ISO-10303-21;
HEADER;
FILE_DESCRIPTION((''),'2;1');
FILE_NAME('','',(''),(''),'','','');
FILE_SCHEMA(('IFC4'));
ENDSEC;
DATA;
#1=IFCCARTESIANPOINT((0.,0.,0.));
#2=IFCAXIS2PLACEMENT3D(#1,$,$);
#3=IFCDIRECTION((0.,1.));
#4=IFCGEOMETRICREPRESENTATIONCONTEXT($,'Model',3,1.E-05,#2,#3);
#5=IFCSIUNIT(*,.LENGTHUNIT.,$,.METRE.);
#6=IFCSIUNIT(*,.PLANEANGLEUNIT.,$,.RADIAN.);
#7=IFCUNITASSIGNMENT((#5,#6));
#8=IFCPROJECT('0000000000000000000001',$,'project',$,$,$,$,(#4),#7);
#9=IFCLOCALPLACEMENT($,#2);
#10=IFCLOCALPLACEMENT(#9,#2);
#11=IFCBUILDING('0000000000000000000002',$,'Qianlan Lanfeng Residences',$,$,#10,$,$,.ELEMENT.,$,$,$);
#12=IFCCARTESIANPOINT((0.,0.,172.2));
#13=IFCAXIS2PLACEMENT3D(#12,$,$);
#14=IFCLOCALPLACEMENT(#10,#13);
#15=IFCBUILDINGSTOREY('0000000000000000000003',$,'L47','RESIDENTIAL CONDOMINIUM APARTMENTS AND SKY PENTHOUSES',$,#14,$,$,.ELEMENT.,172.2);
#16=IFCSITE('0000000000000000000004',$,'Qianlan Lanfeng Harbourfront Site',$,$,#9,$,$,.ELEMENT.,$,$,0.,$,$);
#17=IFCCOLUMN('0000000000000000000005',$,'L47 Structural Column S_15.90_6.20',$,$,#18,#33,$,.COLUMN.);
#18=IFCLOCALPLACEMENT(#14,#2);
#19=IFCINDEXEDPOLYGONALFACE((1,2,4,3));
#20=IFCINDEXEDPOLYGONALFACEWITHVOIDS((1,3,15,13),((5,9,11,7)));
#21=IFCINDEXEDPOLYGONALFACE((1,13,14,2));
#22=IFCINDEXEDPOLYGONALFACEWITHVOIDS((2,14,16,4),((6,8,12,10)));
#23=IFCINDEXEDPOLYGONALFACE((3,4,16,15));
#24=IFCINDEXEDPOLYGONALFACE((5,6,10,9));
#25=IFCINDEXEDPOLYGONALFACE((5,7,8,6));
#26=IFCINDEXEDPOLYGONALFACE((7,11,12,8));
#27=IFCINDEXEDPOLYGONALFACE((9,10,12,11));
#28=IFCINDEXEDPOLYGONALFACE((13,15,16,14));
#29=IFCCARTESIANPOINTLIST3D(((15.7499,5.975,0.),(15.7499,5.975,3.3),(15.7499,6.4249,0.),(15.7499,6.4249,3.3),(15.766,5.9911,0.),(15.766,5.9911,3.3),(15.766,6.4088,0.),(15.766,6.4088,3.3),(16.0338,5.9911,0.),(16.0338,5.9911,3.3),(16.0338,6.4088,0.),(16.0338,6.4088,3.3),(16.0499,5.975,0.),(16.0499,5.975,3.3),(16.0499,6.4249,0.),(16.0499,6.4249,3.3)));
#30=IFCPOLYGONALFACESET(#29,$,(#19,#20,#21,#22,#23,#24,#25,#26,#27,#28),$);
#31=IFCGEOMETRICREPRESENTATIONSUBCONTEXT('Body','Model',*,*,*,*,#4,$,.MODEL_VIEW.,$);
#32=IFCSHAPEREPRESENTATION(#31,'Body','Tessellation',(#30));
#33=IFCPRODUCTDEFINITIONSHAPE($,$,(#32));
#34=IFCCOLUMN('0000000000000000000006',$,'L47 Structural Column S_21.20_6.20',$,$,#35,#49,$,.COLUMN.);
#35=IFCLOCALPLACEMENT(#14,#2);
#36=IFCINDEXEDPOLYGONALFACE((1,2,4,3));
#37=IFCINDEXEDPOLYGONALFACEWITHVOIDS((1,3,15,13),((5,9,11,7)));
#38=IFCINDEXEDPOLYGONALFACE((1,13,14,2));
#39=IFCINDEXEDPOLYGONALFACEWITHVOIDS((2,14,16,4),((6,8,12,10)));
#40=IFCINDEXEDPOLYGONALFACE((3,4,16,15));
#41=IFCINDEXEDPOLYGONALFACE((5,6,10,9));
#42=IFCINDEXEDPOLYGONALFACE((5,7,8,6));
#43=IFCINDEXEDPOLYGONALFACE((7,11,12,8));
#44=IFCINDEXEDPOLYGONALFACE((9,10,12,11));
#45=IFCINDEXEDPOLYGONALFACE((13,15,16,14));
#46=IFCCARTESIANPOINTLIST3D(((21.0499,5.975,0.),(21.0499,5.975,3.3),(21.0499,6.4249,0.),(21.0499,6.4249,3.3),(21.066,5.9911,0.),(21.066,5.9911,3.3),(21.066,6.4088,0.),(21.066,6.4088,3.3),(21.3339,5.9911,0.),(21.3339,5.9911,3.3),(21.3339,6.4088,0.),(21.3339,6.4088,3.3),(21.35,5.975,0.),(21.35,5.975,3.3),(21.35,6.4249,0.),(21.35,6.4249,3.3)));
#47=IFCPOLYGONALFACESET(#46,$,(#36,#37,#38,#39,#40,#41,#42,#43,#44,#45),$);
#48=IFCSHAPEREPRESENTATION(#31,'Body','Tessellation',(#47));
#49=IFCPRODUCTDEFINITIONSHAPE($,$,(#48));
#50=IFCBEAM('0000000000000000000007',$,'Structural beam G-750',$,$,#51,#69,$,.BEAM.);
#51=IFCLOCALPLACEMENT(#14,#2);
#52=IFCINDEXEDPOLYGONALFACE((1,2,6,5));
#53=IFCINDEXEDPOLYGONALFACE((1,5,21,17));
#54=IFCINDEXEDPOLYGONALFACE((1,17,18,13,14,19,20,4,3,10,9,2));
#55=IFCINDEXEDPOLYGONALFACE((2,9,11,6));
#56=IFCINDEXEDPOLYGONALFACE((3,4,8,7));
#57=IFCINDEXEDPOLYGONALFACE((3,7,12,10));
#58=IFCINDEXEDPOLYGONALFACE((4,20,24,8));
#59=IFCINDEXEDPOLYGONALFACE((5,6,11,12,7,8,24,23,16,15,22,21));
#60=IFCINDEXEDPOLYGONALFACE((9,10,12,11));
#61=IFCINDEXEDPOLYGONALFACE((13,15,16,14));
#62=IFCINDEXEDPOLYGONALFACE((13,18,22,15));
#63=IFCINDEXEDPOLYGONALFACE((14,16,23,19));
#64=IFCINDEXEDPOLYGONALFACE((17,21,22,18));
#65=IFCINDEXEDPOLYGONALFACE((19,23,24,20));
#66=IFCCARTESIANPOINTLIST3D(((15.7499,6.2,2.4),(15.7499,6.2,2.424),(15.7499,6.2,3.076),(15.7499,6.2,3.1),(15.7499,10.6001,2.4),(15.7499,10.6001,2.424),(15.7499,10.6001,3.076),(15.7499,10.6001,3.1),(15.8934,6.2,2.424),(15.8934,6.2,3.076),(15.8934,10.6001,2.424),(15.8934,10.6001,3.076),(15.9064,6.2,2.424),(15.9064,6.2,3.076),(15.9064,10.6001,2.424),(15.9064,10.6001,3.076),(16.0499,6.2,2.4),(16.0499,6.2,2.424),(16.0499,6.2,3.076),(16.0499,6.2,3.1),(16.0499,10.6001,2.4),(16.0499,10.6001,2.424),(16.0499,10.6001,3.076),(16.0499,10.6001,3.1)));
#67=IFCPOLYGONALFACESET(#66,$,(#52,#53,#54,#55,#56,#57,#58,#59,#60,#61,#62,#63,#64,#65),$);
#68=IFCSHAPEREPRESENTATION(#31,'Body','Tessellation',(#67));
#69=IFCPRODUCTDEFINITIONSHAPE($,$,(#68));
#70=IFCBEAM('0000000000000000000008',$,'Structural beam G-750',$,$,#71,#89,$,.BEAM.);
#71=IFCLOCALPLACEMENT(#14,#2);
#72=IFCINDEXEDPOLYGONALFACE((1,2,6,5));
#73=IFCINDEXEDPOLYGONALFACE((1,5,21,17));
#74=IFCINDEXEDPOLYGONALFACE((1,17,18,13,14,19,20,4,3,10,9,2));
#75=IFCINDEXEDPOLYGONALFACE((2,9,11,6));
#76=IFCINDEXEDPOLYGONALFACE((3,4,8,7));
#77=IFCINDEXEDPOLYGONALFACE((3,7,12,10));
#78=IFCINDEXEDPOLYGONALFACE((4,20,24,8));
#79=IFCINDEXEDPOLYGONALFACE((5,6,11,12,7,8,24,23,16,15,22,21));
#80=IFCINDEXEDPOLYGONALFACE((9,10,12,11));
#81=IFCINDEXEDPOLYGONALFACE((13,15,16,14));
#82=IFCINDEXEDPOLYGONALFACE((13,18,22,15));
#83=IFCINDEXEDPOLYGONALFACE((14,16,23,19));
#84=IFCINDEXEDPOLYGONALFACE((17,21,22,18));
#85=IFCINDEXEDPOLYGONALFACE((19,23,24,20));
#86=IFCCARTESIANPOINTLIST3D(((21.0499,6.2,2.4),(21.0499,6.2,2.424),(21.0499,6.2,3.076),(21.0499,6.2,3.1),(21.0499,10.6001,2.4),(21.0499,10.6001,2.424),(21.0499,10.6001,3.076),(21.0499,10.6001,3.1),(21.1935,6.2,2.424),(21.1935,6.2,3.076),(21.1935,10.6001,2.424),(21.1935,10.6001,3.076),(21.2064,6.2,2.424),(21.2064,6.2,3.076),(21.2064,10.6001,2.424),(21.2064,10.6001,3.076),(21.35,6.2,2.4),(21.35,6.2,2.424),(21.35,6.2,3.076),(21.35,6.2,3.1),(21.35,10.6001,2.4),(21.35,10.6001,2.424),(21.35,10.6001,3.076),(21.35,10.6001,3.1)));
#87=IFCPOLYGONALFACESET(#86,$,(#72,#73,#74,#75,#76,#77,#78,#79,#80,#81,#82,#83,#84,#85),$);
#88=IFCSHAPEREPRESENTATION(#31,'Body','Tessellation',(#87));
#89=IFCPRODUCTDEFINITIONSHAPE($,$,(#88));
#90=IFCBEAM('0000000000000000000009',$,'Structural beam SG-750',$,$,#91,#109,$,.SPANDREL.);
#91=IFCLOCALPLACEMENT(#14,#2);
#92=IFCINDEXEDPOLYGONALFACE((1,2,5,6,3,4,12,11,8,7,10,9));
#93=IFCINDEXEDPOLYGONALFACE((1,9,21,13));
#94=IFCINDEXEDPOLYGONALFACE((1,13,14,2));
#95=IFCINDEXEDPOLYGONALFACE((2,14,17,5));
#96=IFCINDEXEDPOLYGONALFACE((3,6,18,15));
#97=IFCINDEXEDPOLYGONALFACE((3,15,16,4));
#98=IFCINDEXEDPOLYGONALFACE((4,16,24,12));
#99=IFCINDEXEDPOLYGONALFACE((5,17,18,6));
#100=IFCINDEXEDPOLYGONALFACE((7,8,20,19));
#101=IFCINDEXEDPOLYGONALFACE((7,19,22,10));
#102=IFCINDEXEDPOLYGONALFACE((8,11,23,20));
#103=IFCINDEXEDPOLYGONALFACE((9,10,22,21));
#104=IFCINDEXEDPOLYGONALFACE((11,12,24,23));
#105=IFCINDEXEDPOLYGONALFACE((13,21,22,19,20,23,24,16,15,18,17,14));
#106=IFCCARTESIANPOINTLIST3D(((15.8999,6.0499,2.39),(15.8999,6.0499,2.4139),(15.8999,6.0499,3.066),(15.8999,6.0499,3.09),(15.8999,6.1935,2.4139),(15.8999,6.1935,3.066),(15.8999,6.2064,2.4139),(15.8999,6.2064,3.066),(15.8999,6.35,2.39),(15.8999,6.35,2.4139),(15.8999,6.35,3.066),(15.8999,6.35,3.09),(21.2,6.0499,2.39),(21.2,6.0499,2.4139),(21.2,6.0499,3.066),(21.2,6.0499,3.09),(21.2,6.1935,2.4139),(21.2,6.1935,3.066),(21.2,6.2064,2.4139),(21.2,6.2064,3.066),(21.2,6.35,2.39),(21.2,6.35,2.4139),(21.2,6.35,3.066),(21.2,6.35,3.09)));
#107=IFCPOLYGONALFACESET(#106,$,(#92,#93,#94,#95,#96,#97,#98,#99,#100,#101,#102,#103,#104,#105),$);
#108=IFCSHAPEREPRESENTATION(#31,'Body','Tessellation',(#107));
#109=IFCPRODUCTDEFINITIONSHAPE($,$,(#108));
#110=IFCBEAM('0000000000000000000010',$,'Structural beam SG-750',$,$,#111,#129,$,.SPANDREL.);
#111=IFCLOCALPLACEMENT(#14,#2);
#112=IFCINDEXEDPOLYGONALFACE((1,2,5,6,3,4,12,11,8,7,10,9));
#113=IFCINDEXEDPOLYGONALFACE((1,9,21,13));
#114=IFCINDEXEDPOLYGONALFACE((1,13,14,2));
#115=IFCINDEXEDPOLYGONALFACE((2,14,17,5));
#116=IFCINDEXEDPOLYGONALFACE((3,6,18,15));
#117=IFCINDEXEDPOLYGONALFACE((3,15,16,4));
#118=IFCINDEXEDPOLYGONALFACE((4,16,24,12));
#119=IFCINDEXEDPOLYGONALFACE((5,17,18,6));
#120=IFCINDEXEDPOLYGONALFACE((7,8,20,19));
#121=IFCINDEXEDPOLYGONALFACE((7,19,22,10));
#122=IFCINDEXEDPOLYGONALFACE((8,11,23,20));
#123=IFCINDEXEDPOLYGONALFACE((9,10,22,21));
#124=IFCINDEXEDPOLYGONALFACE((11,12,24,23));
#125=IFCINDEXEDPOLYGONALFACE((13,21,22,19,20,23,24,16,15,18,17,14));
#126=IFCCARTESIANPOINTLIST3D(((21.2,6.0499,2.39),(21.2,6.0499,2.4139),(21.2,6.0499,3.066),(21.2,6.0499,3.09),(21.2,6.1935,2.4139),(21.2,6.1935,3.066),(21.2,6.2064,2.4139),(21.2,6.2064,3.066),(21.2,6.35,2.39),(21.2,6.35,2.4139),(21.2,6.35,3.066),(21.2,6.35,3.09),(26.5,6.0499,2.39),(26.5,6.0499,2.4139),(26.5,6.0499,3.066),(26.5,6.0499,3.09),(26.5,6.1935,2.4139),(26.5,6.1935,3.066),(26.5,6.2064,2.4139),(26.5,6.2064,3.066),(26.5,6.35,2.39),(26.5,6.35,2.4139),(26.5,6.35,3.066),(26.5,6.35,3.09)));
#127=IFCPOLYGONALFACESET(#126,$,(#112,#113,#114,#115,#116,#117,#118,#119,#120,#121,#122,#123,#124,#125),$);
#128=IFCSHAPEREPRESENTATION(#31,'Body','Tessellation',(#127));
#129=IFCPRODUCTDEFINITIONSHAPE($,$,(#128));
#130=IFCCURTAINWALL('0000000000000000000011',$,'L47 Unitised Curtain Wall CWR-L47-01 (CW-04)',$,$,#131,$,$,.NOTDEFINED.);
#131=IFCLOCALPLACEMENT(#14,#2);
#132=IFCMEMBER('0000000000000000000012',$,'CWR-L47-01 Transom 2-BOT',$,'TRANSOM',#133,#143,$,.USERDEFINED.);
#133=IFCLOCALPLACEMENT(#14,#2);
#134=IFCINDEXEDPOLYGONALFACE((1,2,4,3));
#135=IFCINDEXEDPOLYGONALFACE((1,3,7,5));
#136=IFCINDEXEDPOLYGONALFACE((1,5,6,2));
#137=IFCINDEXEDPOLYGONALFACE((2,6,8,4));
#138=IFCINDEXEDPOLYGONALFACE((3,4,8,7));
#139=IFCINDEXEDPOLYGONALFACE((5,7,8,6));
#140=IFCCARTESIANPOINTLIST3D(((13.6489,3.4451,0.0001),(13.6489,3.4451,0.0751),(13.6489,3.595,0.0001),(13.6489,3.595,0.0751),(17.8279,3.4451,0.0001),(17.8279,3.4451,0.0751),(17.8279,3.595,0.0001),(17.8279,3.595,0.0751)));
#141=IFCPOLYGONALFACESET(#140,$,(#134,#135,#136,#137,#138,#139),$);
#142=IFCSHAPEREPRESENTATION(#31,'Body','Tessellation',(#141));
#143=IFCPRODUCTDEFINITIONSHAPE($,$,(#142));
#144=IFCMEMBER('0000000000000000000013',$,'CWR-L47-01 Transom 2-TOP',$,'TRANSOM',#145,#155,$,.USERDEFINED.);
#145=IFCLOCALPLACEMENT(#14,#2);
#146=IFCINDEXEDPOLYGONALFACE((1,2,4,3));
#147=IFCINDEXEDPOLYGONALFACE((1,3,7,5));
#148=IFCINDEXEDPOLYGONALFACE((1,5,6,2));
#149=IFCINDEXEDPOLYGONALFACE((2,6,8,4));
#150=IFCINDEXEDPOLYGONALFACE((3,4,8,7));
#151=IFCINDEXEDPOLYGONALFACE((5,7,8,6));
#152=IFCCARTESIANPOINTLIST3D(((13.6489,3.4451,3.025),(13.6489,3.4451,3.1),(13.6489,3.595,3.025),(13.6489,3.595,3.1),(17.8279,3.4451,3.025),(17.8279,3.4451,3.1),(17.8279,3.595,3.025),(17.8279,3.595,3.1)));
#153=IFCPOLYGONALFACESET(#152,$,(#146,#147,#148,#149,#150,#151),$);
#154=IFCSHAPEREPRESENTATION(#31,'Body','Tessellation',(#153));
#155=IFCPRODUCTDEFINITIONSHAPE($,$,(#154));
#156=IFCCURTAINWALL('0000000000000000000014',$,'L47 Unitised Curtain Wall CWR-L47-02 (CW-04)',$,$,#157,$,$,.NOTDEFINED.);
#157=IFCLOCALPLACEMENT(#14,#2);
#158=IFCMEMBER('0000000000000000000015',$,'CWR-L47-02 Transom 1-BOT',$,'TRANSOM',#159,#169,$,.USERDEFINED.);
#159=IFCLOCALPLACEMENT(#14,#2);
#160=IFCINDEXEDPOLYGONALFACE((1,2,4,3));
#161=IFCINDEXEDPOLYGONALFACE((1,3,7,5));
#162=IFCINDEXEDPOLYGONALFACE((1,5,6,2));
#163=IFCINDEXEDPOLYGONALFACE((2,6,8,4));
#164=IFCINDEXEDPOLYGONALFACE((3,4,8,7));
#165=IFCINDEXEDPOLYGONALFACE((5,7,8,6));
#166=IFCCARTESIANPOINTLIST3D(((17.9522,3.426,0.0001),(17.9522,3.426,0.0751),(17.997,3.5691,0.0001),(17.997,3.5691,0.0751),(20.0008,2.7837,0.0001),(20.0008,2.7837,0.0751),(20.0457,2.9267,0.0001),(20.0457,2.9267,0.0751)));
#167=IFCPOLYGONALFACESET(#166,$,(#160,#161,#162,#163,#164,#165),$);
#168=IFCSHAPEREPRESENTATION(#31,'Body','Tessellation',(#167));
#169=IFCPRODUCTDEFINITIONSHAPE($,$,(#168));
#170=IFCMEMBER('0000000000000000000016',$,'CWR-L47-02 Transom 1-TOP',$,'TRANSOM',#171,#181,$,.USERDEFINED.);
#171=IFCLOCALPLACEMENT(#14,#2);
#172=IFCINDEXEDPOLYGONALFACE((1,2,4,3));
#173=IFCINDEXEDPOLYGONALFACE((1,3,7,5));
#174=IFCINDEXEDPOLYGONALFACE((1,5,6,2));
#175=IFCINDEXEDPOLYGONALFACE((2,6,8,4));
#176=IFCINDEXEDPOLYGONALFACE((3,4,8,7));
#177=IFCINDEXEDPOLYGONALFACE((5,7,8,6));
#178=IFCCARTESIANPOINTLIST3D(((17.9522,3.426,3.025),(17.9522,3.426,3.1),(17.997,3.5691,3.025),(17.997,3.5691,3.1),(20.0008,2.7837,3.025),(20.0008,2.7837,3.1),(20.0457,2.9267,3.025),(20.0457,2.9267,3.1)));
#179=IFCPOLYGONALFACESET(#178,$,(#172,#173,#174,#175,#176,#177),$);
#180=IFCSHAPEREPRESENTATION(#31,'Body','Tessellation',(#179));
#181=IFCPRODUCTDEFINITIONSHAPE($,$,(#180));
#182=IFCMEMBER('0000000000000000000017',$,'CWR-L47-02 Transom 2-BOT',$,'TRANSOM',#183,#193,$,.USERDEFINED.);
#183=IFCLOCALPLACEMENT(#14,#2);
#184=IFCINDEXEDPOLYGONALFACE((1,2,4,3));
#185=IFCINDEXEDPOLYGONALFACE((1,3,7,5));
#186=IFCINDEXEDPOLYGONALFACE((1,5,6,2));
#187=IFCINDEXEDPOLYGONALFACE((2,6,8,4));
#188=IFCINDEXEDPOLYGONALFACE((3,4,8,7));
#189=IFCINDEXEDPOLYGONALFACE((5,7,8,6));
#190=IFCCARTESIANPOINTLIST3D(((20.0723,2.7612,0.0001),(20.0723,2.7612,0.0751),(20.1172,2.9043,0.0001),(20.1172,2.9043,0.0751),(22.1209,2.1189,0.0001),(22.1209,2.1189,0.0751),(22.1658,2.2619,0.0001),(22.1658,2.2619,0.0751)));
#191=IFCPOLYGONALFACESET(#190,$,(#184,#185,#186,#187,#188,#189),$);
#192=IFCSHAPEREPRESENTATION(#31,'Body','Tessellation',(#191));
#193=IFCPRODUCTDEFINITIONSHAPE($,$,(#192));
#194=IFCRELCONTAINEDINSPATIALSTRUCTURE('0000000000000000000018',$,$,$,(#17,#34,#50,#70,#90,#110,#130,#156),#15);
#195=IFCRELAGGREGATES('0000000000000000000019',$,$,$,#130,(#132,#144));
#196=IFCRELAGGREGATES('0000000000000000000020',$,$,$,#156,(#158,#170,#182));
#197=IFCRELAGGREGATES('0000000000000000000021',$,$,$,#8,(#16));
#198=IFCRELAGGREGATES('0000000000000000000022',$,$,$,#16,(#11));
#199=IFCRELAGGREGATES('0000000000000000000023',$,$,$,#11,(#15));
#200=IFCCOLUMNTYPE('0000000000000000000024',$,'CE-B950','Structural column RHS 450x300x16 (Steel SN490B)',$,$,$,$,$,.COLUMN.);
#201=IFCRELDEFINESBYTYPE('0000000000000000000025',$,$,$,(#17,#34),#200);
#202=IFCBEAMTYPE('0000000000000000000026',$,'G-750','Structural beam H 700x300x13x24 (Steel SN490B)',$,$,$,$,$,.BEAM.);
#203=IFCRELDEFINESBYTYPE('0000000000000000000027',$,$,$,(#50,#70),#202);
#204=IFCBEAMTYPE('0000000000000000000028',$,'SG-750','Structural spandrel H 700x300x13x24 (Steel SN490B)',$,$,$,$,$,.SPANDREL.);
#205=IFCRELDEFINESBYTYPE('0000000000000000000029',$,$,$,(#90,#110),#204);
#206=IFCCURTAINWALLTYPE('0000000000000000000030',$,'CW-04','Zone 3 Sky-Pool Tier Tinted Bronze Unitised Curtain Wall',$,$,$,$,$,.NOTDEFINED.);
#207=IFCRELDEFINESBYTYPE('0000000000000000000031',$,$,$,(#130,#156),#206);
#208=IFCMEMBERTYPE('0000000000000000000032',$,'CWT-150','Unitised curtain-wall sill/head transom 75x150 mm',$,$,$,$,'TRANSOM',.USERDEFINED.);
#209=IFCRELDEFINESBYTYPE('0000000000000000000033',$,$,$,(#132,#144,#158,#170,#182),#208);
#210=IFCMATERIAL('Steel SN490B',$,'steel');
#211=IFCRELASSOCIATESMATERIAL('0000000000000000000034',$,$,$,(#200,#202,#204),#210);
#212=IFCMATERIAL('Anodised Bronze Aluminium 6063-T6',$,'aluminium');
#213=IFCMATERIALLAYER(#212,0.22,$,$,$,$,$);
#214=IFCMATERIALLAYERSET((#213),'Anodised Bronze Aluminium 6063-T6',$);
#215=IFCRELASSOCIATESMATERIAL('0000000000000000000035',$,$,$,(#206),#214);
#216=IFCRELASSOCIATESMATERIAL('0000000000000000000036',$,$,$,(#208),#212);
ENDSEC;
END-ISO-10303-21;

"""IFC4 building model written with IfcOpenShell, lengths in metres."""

from ifc_helpers import new_model, si_unit, direction, frame, origin, origin_2d, place, context, subcontext, project, spatial, rectangle, hollow_rectangle, i_section, extrude, source, transform, mapped, material, layer, layer_set, material_profile, profile_set, type_object, element, aggregate, save


model = new_model("IFC4")

# Units and contexts
model_context = context("Model", 3, precision=1e-05, world=origin(), true_north=direction((0.0, 1.0)))
body_context = subcontext(model_context, "Body", "Model", "MODEL_VIEW")
ifc_project = project(units=[si_unit("LENGTHUNIT", "METRE"), si_unit("PLANEANGLEUNIT", "RADIAN")], contexts=[model_context])

# Site, building, storey
site_placement = place(None, origin())
site = spatial("IfcSite", under=ifc_project, at=site_placement, Name="Qianlan Lanfeng Harbourfront Site", CompositionType="ELEMENT", RefElevation=0.0)
building_placement = place(site_placement, origin())
building = spatial("IfcBuilding", under=site, at=building_placement, Name="Qianlan Lanfeng Residences", CompositionType="ELEMENT")
storey_placement = place(building_placement, frame((0.0, 0.0, 172.2)))
storey = spatial("IfcBuildingStorey", under=building, at=storey_placement, Name="L47", Description="RESIDENTIAL CONDOMINIUM APARTMENTS AND SKY PENTHOUSES", CompositionType="ELEMENT", Elevation=172.2)

# Columns
ifc_material_1 = material(Name="Steel SN490B", Category="steel")
ifc_material_profile_1 = material_profile(ifc_material_1, hollow_rectangle(XDim=0.3, YDim=0.45, WallThickness=0.0161, at=origin_2d()), Name="RHS 450x300x16")
ifc_profile_set_1 = profile_set([ifc_material_profile_1], Name="Steel SN490B")
column_type = type_object("IfcColumnType", Name="CE-B950", Description="Structural column RHS 450x300x16 (Steel SN490B)", PredefinedType="COLUMN", material=ifc_profile_set_1)
for number, where, z_axis, x_axis, name in (
    (1, (15.8999, 6.2, 0.0), (0.0, 0.0, 1.0), (1.0, 0.0, 0.0), "L47 Structural Column S_15.90_6.20"),
    (2, (21.2, 6.2, 0.0), (0.0, 0.0, 1.0), (1.0, 0.0, 0.0), "L47 Structural Column S_21.20_6.20"),
):
    element("IfcColumn", number, at=place(storey_placement, frame(where, z_axis=z_axis, x_axis=x_axis)), inside=storey, type_object=column_type, Name=name, PredefinedType="COLUMN", context=body_context, shape_type="SweptSolid", body=[
        extrude(hollow_rectangle(XDim=0.3, YDim=0.45, WallThickness=0.0161, at=origin_2d()), origin(), (0.0, 0.0, 1.0), 3.3),
    ])

# Beams
ifc_material_profile_2 = material_profile(ifc_material_1, i_section(OverallWidth=0.3, OverallDepth=0.7, WebThickness=0.0129, FlangeThickness=0.0239, at=origin_2d()), Name="H 700x300x13x24")
ifc_profile_set_2 = profile_set([ifc_material_profile_2], Name="Steel SN490B")
beam_type_1 = type_object("IfcBeamType", Name="G-750", Description="Structural beam H 700x300x13x24 (Steel SN490B)", PredefinedType="BEAM", material=ifc_profile_set_2)
for number, where, z_axis, x_axis, name in (
    (3, (15.8999, 6.2, 2.75), (0.0, 1.0, 0.0), (-1.0, 0.0, 0.0), "Structural beam G-750"),
    (4, (21.2, 6.2, 2.75), (0.0, 1.0, 0.0), (-1.0, 0.0, 0.0), "Structural beam G-750"),
):
    element("IfcBeam", number, at=place(storey_placement, frame(where, z_axis=z_axis, x_axis=x_axis)), inside=storey, type_object=beam_type_1, Name=name, PredefinedType="BEAM", context=body_context, shape_type="SweptSolid", body=[
        extrude(i_section(OverallWidth=0.3, OverallDepth=0.7, WebThickness=0.0129, FlangeThickness=0.0239, at=origin_2d()), origin(), (0.0, 0.0, 1.0), 4.4001),
    ])
ifc_material_profile_3 = material_profile(ifc_material_1, i_section(OverallWidth=0.3, OverallDepth=0.7, WebThickness=0.0129, FlangeThickness=0.0239, at=origin_2d()), Name="H 700x300x13x24")
ifc_profile_set_3 = profile_set([ifc_material_profile_3], Name="Steel SN490B")
beam_type_2 = type_object("IfcBeamType", Name="SG-750", Description="Structural spandrel H 700x300x13x24 (Steel SN490B)", PredefinedType="SPANDREL", material=ifc_profile_set_3)
for number, where, z_axis, x_axis, name in (
    (5, (15.8999, 6.2, 2.74), (1.0, 0.0, 0.0), (0.0, 1.0, 0.0), "Structural beam SG-750"),
    (6, (21.2, 6.2, 2.74), (1.0, 0.0, 0.0), (0.0, 1.0, 0.0), "Structural beam SG-750"),
):
    element("IfcBeam", number, at=place(storey_placement, frame(where, z_axis=z_axis, x_axis=x_axis)), inside=storey, type_object=beam_type_2, Name=name, PredefinedType="SPANDREL", context=body_context, shape_type="SweptSolid", body=[
        extrude(i_section(OverallWidth=0.3, OverallDepth=0.7, WebThickness=0.0129, FlangeThickness=0.0239, at=origin_2d()), origin(), (0.0, 0.0, 1.0), 5.3),
    ])

# Curtain walls, members
ifc_material_2 = material(Name="Anodised Bronze Aluminium 6063-T6", Category="aluminium")
ifc_layer_1 = layer(ifc_material_2, 0.22)
ifc_layer_set_1 = layer_set([ifc_layer_1], Name="Anodised Bronze Aluminium 6063-T6")
curtain_wall_type = type_object("IfcCurtainWallType", Name="CW-04", Description="Zone 3 Sky-Pool Tier Tinted Bronze Unitised Curtain Wall", PredefinedType="NOTDEFINED", material=ifc_layer_set_1)
curtain_wall_1_placement = place(storey_placement, origin())
curtain_wall_1 = element("IfcCurtainWall", 7, at=curtain_wall_1_placement, inside=storey, type_object=curtain_wall_type, Name="L47 Unitised Curtain Wall CWR-L47-01 (CW-04)", PredefinedType="NOTDEFINED")
ifc_material_profile_4 = material_profile(ifc_material_2, rectangle(XDim=0.075, YDim=0.1499, at=origin_2d()), Name="ALU TRANSOM 75x150")
ifc_profile_set_4 = profile_set([ifc_material_profile_4], Name="Anodised Bronze Aluminium 6063-T6")
member_type_1 = type_object("IfcMemberType", Name="CWT-150", Description="Unitised curtain-wall sill/head transom 75x150 mm", ElementType="TRANSOM", PredefinedType="USERDEFINED", material=ifc_profile_set_4)
shared_shape_1 = source(origin(), body_context, "Body", "SweptSolid", [
    extrude(rectangle(XDim=0.075, YDim=0.1499, at=origin_2d()), origin(), (0.0, 0.0, 1.0), 4.179),
])
member_1_placement = place(storey_placement, frame((13.6489, 3.52, 0.0376), z_axis=(1.0, 0.0, 0.0), x_axis=(0.0, 0.0, 1.0)))
member_1 = element("IfcMember", 8, at=member_1_placement, type_object=member_type_1, Name="CWR-L47-01 Transom 2-BOT", ObjectType="TRANSOM", PredefinedType="USERDEFINED", context=body_context, shape_type="MappedRepresentation", body=[
    mapped(shared_shape_1, transform((0.0, 0.0, 0.0), scale=1.0)),
])
member_2_placement = place(storey_placement, frame((13.6489, 3.52, 3.0625), z_axis=(1.0, 0.0, 0.0), x_axis=(0.0, 0.0, 1.0)))
member_2 = element("IfcMember", 9, at=member_2_placement, type_object=member_type_1, Name="CWR-L47-01 Transom 2-TOP", ObjectType="TRANSOM", PredefinedType="USERDEFINED", context=body_context, shape_type="MappedRepresentation", body=[
    mapped(shared_shape_1, transform((0.0, 0.0, 0.0), scale=1.0)),
])
curtain_wall_2_placement = place(storey_placement, origin())
curtain_wall_2 = element("IfcCurtainWall", 10, at=curtain_wall_2_placement, inside=storey, type_object=curtain_wall_type, Name="L47 Unitised Curtain Wall CWR-L47-02 (CW-04)", PredefinedType="NOTDEFINED")
shared_shape_2 = source(origin(), body_context, "Body", "SweptSolid", [
    extrude(rectangle(XDim=0.075, YDim=0.1499, at=origin_2d()), origin(), (0.0, 0.0, 1.0), 2.147),
])
member_3_placement = place(storey_placement, frame((17.9746, 3.4976, 0.0376), z_axis=(0.954194, -0.299188, 0.0), x_axis=(0.0, 0.0, 1.0)))
member_3 = element("IfcMember", 11, at=member_3_placement, type_object=member_type_1, Name="CWR-L47-02 Transom 1-BOT", ObjectType="TRANSOM", PredefinedType="USERDEFINED", context=body_context, shape_type="MappedRepresentation", body=[
    mapped(shared_shape_2, transform((0.0, 0.0, 0.0), scale=1.0)),
])
member_4_placement = place(storey_placement, frame((17.9746, 3.4976, 3.0625), z_axis=(0.954194, -0.299188, 0.0), x_axis=(0.0, 0.0, 1.0)))
member_4 = element("IfcMember", 12, at=member_4_placement, type_object=member_type_1, Name="CWR-L47-02 Transom 1-TOP", ObjectType="TRANSOM", PredefinedType="USERDEFINED", context=body_context, shape_type="MappedRepresentation", body=[
    mapped(shared_shape_2, transform((0.0, 0.0, 0.0), scale=1.0)),
])
member_5_placement = place(storey_placement, frame((20.0947, 2.8328, 0.0376), z_axis=(0.954194, -0.299188, 0.0), x_axis=(0.0, 0.0, 1.0)))
member_5 = element("IfcMember", 13, at=member_5_placement, type_object=member_type_1, Name="CWR-L47-02 Transom 2-BOT", ObjectType="TRANSOM", PredefinedType="USERDEFINED", context=body_context, shape_type="MappedRepresentation", body=[
    mapped(shared_shape_2, transform((0.0, 0.0, 0.0), scale=1.0)),
])

aggregate(curtain_wall_1, [member_1, member_2])
aggregate(curtain_wall_2, [member_3, member_4, member_5])

save(model, "model.ifc")
